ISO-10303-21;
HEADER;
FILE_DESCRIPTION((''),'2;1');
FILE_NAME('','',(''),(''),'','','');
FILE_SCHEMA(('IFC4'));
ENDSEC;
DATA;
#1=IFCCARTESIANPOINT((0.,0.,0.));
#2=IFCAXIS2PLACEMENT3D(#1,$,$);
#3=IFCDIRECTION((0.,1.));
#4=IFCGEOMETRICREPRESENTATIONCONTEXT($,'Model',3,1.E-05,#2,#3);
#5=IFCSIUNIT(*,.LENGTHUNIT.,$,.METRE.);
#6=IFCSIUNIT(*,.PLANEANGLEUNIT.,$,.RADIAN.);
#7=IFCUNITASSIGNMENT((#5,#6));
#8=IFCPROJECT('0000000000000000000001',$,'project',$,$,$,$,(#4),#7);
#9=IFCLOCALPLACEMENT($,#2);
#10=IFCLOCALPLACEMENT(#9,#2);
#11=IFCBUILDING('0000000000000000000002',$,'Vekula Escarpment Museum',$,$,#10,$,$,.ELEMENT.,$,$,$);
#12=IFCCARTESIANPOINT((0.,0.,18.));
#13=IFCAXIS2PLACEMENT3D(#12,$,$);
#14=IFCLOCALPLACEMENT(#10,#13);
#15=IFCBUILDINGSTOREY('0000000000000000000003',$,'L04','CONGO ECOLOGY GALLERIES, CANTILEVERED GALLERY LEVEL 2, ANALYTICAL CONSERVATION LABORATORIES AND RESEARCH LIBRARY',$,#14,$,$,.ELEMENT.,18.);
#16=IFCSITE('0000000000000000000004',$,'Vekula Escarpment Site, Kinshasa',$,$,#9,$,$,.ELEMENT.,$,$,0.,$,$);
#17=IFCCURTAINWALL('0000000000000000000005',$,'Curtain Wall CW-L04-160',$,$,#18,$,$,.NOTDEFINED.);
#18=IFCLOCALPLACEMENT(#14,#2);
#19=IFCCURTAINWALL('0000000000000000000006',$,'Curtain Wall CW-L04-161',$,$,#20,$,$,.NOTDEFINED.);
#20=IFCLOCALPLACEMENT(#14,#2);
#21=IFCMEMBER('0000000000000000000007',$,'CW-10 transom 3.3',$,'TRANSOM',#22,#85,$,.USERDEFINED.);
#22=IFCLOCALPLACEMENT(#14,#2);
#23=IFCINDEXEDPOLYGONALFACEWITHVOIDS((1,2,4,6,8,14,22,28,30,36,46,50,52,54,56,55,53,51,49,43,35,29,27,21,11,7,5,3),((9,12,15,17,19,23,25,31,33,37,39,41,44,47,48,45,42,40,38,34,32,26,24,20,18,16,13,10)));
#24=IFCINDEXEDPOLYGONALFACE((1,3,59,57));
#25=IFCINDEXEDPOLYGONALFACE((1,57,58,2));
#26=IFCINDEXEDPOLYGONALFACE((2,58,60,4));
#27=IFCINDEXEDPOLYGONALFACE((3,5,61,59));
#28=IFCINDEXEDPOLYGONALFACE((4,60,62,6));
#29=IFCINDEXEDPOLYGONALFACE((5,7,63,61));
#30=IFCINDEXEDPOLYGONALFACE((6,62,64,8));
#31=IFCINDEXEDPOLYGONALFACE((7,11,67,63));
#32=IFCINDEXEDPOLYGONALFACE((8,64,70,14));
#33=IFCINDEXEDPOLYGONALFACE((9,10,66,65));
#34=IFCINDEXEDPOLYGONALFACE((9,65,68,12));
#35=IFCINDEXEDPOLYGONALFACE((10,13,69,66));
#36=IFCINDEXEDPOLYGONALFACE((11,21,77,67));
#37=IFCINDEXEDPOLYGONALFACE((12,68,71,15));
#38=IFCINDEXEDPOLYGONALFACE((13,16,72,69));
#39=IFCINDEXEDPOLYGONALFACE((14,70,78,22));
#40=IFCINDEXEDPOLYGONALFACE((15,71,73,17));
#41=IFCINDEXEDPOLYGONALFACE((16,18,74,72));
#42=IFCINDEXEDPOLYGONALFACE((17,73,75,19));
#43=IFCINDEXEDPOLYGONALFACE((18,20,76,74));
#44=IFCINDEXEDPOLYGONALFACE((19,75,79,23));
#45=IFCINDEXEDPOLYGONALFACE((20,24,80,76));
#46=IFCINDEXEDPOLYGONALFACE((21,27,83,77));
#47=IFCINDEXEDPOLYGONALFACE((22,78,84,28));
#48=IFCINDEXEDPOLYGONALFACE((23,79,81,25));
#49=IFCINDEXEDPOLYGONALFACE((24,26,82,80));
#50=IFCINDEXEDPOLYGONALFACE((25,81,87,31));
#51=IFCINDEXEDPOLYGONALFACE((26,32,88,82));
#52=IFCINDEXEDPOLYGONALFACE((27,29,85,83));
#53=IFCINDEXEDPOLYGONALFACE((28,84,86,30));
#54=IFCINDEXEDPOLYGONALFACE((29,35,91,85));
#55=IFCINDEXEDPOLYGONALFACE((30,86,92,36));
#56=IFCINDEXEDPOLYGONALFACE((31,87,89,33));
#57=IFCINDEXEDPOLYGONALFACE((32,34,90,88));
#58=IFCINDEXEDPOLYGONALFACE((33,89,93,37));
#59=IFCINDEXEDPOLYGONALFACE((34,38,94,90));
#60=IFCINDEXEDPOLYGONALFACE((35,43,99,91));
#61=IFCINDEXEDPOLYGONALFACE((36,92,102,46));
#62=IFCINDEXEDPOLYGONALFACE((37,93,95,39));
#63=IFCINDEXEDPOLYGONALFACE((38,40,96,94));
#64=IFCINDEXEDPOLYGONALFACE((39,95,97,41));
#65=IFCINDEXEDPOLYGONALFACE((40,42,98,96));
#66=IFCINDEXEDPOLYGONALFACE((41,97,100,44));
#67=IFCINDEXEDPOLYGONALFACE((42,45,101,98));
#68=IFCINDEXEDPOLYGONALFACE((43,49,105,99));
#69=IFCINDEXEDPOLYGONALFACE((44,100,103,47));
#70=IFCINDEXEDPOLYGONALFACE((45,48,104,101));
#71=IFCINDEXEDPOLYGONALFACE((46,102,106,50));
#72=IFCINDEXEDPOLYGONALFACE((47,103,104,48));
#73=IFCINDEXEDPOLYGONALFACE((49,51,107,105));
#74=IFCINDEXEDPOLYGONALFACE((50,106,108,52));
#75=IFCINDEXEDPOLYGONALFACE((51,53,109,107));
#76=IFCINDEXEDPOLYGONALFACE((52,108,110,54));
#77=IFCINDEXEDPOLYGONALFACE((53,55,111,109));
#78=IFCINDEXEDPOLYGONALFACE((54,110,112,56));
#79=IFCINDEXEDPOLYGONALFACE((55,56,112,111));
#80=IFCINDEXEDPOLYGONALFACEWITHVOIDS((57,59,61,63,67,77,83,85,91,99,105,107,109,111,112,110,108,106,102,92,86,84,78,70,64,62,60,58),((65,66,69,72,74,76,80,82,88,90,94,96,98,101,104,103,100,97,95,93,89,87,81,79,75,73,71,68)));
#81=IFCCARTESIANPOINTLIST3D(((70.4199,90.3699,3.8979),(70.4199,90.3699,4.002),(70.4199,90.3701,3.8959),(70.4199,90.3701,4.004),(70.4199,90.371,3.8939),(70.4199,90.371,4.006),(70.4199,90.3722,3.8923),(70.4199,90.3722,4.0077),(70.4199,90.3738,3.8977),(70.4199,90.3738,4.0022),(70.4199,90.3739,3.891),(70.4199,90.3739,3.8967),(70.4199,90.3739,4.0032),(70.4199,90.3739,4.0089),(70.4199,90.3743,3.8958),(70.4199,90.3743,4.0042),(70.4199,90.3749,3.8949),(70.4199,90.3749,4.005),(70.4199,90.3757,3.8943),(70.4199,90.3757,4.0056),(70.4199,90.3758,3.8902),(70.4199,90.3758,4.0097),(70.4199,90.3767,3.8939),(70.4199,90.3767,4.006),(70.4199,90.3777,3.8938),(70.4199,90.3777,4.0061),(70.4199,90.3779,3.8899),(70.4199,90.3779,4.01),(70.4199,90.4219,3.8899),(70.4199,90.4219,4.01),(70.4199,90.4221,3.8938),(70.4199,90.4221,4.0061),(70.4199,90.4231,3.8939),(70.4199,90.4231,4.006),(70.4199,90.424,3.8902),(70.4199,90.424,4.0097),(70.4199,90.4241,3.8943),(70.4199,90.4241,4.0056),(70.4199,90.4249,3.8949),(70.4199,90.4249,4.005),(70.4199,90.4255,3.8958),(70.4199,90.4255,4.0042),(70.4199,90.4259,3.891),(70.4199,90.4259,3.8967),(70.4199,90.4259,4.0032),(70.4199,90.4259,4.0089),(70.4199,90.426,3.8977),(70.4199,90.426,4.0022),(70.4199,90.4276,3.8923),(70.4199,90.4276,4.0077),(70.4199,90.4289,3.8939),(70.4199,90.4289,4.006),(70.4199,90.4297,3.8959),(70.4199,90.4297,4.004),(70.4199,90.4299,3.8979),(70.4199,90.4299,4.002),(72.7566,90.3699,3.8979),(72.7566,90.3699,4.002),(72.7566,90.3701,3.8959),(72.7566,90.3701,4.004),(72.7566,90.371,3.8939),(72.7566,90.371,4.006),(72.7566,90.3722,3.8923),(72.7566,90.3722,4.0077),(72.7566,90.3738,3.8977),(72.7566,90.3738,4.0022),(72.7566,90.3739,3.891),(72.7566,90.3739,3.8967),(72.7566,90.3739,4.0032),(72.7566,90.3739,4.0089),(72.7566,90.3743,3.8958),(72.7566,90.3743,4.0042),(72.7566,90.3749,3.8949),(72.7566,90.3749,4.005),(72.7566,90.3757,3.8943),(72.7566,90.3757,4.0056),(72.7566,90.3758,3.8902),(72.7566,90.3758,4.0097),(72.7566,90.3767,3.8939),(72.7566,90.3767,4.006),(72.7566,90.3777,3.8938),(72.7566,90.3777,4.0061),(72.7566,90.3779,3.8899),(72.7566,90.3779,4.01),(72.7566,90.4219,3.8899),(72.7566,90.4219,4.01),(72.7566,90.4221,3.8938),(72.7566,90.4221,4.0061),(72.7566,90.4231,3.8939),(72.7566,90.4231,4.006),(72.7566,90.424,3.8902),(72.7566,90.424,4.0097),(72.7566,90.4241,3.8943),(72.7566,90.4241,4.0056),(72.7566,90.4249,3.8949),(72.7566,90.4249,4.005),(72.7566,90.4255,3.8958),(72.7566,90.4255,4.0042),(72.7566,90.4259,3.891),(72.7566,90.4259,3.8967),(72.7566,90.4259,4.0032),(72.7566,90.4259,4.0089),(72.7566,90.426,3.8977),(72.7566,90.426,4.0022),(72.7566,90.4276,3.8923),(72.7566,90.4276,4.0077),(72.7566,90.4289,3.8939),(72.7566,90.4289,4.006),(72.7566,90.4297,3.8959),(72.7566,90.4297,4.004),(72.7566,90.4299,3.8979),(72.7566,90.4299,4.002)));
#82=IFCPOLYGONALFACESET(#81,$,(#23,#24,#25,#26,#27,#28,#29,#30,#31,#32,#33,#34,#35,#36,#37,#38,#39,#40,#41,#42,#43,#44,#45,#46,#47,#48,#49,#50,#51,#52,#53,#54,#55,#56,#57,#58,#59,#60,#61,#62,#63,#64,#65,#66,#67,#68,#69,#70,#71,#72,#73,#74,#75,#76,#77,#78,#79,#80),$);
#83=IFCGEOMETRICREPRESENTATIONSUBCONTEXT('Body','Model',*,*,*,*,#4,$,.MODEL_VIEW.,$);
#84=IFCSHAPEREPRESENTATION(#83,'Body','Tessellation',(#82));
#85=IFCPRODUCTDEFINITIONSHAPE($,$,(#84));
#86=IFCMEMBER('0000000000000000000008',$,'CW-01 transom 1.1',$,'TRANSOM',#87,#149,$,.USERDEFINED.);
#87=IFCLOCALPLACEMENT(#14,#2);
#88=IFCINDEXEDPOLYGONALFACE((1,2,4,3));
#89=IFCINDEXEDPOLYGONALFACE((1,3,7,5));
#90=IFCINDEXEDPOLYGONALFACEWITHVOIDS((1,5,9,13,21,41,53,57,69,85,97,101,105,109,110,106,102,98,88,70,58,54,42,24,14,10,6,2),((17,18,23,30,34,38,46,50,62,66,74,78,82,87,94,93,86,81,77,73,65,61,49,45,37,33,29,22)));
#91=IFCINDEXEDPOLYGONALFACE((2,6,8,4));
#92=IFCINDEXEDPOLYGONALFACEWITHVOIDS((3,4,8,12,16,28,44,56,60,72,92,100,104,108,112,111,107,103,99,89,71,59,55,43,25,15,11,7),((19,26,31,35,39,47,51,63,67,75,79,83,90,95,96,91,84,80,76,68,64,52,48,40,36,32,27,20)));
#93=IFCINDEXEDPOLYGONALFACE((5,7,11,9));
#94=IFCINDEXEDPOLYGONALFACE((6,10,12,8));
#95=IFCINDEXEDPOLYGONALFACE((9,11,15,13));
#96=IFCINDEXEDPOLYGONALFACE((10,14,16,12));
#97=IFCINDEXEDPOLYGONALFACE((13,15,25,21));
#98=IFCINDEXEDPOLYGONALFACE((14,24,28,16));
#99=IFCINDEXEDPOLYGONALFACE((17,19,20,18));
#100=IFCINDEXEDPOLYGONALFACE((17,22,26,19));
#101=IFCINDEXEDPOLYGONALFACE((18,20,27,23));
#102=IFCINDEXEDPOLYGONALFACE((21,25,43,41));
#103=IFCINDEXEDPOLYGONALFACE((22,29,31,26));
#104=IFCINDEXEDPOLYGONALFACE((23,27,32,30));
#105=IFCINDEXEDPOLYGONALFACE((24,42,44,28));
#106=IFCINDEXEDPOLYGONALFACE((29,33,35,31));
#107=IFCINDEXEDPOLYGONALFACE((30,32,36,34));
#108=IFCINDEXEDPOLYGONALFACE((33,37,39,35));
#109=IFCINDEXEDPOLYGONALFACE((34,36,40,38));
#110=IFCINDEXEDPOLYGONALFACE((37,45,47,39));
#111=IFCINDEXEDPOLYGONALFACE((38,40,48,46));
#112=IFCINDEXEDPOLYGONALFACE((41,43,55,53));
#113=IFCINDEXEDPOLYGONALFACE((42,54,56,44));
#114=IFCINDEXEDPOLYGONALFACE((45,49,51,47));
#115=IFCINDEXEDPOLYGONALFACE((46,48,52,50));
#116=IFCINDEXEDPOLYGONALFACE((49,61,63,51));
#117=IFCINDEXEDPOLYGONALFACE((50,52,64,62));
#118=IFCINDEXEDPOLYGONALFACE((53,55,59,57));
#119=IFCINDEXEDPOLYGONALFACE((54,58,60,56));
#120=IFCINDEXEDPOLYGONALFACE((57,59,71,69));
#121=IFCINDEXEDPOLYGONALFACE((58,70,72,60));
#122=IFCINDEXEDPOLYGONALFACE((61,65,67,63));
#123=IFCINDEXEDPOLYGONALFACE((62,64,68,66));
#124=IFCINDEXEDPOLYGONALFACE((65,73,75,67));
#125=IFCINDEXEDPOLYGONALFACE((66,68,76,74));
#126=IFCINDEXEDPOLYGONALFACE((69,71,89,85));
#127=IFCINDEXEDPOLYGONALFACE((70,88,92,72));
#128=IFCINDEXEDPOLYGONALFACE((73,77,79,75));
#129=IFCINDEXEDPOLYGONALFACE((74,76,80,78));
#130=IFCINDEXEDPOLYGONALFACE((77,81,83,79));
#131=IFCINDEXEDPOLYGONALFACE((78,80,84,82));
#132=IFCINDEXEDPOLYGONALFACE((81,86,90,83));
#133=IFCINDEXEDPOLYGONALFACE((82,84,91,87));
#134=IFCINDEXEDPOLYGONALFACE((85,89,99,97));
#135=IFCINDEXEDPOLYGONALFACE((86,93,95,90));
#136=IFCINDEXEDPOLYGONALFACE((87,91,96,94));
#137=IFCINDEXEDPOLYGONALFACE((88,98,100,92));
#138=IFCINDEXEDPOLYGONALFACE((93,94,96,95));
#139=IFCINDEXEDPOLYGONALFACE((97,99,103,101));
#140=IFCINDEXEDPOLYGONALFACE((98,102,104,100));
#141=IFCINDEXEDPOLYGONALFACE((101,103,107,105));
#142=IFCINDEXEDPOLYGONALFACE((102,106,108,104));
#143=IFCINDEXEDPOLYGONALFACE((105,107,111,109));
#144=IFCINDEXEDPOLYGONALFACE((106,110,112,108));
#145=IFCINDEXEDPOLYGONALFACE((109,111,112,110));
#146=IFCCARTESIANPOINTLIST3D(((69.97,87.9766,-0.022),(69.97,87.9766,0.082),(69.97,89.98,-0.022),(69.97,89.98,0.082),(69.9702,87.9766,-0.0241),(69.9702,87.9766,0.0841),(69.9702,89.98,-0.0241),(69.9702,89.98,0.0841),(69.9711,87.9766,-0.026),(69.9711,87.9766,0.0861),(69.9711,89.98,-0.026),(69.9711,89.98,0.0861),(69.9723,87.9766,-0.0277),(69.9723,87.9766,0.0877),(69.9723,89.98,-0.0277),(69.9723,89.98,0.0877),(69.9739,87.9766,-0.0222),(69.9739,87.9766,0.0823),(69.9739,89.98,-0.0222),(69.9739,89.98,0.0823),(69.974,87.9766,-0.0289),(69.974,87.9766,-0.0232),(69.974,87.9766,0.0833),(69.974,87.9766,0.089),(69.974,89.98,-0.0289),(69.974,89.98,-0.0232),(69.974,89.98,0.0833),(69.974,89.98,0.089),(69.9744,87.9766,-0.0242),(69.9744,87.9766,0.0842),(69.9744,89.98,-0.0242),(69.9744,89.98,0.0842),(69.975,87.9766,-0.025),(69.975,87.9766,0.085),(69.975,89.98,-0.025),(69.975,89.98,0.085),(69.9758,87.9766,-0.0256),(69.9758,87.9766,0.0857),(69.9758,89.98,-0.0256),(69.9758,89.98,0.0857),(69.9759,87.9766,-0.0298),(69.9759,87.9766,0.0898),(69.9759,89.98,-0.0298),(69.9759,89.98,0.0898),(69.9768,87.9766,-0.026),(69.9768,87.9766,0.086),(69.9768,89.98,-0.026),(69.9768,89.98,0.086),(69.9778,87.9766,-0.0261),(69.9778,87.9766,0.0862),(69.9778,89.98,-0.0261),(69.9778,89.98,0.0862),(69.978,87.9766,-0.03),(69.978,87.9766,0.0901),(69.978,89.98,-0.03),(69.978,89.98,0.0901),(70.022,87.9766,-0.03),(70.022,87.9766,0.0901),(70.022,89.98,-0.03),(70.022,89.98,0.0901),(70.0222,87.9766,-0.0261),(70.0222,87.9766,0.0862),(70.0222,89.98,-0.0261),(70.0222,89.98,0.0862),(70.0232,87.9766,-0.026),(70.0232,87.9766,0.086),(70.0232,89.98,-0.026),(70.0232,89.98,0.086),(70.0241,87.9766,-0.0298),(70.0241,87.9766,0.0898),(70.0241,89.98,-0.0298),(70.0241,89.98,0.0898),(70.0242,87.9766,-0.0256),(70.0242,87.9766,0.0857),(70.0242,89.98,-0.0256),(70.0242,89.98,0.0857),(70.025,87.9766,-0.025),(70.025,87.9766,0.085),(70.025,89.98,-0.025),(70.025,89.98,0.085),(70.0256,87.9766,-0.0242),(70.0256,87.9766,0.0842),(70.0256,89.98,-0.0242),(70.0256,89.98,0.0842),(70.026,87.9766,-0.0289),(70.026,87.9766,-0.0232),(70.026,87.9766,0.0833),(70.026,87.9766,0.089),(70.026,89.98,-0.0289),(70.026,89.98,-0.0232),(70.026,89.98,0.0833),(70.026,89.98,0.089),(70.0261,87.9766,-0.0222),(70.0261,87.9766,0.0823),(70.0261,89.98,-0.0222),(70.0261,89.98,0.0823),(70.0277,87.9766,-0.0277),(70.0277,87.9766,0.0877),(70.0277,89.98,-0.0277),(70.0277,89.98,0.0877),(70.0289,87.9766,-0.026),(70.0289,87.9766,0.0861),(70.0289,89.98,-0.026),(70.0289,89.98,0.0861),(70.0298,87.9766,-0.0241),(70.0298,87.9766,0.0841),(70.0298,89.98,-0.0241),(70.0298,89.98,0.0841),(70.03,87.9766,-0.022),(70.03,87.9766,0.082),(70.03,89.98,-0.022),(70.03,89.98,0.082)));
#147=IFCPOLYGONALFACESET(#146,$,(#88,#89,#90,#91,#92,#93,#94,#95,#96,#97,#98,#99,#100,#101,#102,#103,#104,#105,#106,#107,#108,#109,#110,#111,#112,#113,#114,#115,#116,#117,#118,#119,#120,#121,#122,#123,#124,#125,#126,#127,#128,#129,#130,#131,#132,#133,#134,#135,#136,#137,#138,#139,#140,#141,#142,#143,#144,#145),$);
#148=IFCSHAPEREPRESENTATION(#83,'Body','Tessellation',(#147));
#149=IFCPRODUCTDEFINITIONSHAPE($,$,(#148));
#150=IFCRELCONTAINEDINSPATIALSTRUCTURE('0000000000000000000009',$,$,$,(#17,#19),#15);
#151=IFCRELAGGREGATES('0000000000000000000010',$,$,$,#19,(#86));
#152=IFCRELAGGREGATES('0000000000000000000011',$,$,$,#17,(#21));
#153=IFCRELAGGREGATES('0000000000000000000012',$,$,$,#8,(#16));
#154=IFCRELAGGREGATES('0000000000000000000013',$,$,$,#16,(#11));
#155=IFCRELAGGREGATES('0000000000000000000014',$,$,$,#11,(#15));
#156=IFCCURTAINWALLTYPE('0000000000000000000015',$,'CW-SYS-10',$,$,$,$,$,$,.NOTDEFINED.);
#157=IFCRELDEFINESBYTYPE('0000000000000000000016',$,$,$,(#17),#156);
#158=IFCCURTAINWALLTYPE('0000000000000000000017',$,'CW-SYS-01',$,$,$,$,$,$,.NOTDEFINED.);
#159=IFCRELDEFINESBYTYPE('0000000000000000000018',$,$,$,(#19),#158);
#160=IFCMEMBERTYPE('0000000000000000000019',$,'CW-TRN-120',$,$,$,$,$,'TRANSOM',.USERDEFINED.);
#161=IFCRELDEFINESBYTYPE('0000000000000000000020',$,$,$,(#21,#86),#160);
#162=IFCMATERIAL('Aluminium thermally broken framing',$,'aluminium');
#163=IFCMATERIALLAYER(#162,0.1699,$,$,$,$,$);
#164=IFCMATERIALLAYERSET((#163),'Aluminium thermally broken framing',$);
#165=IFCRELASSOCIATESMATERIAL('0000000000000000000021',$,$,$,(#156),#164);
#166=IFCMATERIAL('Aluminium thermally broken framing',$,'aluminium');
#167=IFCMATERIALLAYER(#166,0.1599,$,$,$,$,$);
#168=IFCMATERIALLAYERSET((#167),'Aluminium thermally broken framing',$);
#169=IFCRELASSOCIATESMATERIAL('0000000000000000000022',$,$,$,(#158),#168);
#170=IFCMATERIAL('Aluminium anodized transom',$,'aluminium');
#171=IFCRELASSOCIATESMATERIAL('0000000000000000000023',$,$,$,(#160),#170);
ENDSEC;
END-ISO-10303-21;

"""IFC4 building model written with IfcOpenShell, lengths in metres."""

from ifc_helpers import new_model, si_unit, direction, frame, origin, origin_2d, place, context, subcontext, project, spatial, hollow_rectangle, extrude, material, layer, layer_set, material_profile, profile_set, type_object, element, aggregate, save


model = new_model("IFC4")

# Units and contexts
model_context = context("Model", 3, precision=1e-05, world=origin(), true_north=direction((0.0, 1.0)))
body_context = subcontext(model_context, "Body", "Model", "MODEL_VIEW")
ifc_project = project(units=[si_unit("LENGTHUNIT", "METRE"), si_unit("PLANEANGLEUNIT", "RADIAN")], contexts=[model_context])

# Site, building, storey
site_placement = place(None, origin())
site = spatial("IfcSite", under=ifc_project, at=site_placement, Name="Vekula Escarpment Site, Kinshasa", CompositionType="ELEMENT", RefElevation=0.0)
building_placement = place(site_placement, origin())
building = spatial("IfcBuilding", under=site, at=building_placement, Name="Vekula Escarpment Museum", CompositionType="ELEMENT")
storey_placement = place(building_placement, frame((0.0, 0.0, 18.0)))
storey = spatial("IfcBuildingStorey", under=building, at=storey_placement, Name="L04", Description="CONGO ECOLOGY GALLERIES, CANTILEVERED GALLERY LEVEL 2, ANALYTICAL CONSERVATION LABORATORIES AND RESEARCH LIBRARY", CompositionType="ELEMENT", Elevation=18.0)

# Curtain wall
ifc_material_1 = material(Name="Aluminium thermally broken framing", Category="aluminium")
ifc_layer_1 = layer(ifc_material_1, 0.1699)
ifc_layer_set_1 = layer_set([ifc_layer_1], Name="Aluminium thermally broken framing")
curtain_wall_type_1 = type_object("IfcCurtainWallType", Name="CW-SYS-10", PredefinedType="NOTDEFINED", material=ifc_layer_set_1)
curtain_wall_1_placement = place(storey_placement, origin())
curtain_wall_1 = element("IfcCurtainWall", 1, at=curtain_wall_1_placement, inside=storey, type_object=curtain_wall_type_1, Name="Curtain Wall CW-L04-160", PredefinedType="NOTDEFINED")

# Curtain wall
ifc_material_2 = material(Name="Aluminium thermally broken framing", Category="aluminium")
ifc_layer_2 = layer(ifc_material_2, 0.1599)
ifc_layer_set_2 = layer_set([ifc_layer_2], Name="Aluminium thermally broken framing")
curtain_wall_type_2 = type_object("IfcCurtainWallType", Name="CW-SYS-01", PredefinedType="NOTDEFINED", material=ifc_layer_set_2)
curtain_wall_2_placement = place(storey_placement, origin())
curtain_wall_2 = element("IfcCurtainWall", 2, at=curtain_wall_2_placement, inside=storey, type_object=curtain_wall_type_2, Name="Curtain Wall CW-L04-161", PredefinedType="NOTDEFINED")

# Members
ifc_material_3 = material(Name="Aluminium anodized transom", Category="aluminium")
ifc_material_profile_1 = material_profile(ifc_material_3, hollow_rectangle(XDim=0.0601, YDim=0.1201, WallThickness=0.0039, InnerFilletRadius=0.0039, OuterFilletRadius=0.0081, at=origin_2d()), Name="ALU 120x60x4")
ifc_profile_set_1 = profile_set([ifc_material_profile_1], Name="Aluminium anodized transom")
member_type_1 = type_object("IfcMemberType", Name="CW-TRN-120", ElementType="TRANSOM", PredefinedType="USERDEFINED", material=ifc_profile_set_1)
member_1_placement = place(storey_placement, frame((72.7566, 90.3999, 3.95), z_axis=(-1.0, 0.0, 0.0), x_axis=(0.0, -1.0, 0.0)))
member_1 = element("IfcMember", 3, at=member_1_placement, type_object=member_type_1, Name="CW-10 transom 3.3", ObjectType="TRANSOM", PredefinedType="USERDEFINED", context=body_context, shape_type="SweptSolid", body=[
    extrude(hollow_rectangle(XDim=0.0601, YDim=0.1201, WallThickness=0.0039, InnerFilletRadius=0.0039, OuterFilletRadius=0.0081, at=origin_2d()), origin(), (0.0, 0.0, 1.0), 2.3367),
])
member_2_placement = place(storey_placement, frame((70.0, 89.98, 0.03), z_axis=(0.0, -1.0, 0.0), x_axis=(1.0, 0.0, 0.0)))
member_2 = element("IfcMember", 4, at=member_2_placement, type_object=member_type_1, Name="CW-01 transom 1.1", ObjectType="TRANSOM", PredefinedType="USERDEFINED", context=body_context, shape_type="SweptSolid", body=[
    extrude(hollow_rectangle(XDim=0.0601, YDim=0.1201, WallThickness=0.0039, InnerFilletRadius=0.0039, OuterFilletRadius=0.0081, at=origin_2d()), origin(), (0.0, 0.0, 1.0), 2.0034),
])
aggregate(curtain_wall_2, [member_2])

aggregate(curtain_wall_1, [member_1])

save(model, "model.ifc")
